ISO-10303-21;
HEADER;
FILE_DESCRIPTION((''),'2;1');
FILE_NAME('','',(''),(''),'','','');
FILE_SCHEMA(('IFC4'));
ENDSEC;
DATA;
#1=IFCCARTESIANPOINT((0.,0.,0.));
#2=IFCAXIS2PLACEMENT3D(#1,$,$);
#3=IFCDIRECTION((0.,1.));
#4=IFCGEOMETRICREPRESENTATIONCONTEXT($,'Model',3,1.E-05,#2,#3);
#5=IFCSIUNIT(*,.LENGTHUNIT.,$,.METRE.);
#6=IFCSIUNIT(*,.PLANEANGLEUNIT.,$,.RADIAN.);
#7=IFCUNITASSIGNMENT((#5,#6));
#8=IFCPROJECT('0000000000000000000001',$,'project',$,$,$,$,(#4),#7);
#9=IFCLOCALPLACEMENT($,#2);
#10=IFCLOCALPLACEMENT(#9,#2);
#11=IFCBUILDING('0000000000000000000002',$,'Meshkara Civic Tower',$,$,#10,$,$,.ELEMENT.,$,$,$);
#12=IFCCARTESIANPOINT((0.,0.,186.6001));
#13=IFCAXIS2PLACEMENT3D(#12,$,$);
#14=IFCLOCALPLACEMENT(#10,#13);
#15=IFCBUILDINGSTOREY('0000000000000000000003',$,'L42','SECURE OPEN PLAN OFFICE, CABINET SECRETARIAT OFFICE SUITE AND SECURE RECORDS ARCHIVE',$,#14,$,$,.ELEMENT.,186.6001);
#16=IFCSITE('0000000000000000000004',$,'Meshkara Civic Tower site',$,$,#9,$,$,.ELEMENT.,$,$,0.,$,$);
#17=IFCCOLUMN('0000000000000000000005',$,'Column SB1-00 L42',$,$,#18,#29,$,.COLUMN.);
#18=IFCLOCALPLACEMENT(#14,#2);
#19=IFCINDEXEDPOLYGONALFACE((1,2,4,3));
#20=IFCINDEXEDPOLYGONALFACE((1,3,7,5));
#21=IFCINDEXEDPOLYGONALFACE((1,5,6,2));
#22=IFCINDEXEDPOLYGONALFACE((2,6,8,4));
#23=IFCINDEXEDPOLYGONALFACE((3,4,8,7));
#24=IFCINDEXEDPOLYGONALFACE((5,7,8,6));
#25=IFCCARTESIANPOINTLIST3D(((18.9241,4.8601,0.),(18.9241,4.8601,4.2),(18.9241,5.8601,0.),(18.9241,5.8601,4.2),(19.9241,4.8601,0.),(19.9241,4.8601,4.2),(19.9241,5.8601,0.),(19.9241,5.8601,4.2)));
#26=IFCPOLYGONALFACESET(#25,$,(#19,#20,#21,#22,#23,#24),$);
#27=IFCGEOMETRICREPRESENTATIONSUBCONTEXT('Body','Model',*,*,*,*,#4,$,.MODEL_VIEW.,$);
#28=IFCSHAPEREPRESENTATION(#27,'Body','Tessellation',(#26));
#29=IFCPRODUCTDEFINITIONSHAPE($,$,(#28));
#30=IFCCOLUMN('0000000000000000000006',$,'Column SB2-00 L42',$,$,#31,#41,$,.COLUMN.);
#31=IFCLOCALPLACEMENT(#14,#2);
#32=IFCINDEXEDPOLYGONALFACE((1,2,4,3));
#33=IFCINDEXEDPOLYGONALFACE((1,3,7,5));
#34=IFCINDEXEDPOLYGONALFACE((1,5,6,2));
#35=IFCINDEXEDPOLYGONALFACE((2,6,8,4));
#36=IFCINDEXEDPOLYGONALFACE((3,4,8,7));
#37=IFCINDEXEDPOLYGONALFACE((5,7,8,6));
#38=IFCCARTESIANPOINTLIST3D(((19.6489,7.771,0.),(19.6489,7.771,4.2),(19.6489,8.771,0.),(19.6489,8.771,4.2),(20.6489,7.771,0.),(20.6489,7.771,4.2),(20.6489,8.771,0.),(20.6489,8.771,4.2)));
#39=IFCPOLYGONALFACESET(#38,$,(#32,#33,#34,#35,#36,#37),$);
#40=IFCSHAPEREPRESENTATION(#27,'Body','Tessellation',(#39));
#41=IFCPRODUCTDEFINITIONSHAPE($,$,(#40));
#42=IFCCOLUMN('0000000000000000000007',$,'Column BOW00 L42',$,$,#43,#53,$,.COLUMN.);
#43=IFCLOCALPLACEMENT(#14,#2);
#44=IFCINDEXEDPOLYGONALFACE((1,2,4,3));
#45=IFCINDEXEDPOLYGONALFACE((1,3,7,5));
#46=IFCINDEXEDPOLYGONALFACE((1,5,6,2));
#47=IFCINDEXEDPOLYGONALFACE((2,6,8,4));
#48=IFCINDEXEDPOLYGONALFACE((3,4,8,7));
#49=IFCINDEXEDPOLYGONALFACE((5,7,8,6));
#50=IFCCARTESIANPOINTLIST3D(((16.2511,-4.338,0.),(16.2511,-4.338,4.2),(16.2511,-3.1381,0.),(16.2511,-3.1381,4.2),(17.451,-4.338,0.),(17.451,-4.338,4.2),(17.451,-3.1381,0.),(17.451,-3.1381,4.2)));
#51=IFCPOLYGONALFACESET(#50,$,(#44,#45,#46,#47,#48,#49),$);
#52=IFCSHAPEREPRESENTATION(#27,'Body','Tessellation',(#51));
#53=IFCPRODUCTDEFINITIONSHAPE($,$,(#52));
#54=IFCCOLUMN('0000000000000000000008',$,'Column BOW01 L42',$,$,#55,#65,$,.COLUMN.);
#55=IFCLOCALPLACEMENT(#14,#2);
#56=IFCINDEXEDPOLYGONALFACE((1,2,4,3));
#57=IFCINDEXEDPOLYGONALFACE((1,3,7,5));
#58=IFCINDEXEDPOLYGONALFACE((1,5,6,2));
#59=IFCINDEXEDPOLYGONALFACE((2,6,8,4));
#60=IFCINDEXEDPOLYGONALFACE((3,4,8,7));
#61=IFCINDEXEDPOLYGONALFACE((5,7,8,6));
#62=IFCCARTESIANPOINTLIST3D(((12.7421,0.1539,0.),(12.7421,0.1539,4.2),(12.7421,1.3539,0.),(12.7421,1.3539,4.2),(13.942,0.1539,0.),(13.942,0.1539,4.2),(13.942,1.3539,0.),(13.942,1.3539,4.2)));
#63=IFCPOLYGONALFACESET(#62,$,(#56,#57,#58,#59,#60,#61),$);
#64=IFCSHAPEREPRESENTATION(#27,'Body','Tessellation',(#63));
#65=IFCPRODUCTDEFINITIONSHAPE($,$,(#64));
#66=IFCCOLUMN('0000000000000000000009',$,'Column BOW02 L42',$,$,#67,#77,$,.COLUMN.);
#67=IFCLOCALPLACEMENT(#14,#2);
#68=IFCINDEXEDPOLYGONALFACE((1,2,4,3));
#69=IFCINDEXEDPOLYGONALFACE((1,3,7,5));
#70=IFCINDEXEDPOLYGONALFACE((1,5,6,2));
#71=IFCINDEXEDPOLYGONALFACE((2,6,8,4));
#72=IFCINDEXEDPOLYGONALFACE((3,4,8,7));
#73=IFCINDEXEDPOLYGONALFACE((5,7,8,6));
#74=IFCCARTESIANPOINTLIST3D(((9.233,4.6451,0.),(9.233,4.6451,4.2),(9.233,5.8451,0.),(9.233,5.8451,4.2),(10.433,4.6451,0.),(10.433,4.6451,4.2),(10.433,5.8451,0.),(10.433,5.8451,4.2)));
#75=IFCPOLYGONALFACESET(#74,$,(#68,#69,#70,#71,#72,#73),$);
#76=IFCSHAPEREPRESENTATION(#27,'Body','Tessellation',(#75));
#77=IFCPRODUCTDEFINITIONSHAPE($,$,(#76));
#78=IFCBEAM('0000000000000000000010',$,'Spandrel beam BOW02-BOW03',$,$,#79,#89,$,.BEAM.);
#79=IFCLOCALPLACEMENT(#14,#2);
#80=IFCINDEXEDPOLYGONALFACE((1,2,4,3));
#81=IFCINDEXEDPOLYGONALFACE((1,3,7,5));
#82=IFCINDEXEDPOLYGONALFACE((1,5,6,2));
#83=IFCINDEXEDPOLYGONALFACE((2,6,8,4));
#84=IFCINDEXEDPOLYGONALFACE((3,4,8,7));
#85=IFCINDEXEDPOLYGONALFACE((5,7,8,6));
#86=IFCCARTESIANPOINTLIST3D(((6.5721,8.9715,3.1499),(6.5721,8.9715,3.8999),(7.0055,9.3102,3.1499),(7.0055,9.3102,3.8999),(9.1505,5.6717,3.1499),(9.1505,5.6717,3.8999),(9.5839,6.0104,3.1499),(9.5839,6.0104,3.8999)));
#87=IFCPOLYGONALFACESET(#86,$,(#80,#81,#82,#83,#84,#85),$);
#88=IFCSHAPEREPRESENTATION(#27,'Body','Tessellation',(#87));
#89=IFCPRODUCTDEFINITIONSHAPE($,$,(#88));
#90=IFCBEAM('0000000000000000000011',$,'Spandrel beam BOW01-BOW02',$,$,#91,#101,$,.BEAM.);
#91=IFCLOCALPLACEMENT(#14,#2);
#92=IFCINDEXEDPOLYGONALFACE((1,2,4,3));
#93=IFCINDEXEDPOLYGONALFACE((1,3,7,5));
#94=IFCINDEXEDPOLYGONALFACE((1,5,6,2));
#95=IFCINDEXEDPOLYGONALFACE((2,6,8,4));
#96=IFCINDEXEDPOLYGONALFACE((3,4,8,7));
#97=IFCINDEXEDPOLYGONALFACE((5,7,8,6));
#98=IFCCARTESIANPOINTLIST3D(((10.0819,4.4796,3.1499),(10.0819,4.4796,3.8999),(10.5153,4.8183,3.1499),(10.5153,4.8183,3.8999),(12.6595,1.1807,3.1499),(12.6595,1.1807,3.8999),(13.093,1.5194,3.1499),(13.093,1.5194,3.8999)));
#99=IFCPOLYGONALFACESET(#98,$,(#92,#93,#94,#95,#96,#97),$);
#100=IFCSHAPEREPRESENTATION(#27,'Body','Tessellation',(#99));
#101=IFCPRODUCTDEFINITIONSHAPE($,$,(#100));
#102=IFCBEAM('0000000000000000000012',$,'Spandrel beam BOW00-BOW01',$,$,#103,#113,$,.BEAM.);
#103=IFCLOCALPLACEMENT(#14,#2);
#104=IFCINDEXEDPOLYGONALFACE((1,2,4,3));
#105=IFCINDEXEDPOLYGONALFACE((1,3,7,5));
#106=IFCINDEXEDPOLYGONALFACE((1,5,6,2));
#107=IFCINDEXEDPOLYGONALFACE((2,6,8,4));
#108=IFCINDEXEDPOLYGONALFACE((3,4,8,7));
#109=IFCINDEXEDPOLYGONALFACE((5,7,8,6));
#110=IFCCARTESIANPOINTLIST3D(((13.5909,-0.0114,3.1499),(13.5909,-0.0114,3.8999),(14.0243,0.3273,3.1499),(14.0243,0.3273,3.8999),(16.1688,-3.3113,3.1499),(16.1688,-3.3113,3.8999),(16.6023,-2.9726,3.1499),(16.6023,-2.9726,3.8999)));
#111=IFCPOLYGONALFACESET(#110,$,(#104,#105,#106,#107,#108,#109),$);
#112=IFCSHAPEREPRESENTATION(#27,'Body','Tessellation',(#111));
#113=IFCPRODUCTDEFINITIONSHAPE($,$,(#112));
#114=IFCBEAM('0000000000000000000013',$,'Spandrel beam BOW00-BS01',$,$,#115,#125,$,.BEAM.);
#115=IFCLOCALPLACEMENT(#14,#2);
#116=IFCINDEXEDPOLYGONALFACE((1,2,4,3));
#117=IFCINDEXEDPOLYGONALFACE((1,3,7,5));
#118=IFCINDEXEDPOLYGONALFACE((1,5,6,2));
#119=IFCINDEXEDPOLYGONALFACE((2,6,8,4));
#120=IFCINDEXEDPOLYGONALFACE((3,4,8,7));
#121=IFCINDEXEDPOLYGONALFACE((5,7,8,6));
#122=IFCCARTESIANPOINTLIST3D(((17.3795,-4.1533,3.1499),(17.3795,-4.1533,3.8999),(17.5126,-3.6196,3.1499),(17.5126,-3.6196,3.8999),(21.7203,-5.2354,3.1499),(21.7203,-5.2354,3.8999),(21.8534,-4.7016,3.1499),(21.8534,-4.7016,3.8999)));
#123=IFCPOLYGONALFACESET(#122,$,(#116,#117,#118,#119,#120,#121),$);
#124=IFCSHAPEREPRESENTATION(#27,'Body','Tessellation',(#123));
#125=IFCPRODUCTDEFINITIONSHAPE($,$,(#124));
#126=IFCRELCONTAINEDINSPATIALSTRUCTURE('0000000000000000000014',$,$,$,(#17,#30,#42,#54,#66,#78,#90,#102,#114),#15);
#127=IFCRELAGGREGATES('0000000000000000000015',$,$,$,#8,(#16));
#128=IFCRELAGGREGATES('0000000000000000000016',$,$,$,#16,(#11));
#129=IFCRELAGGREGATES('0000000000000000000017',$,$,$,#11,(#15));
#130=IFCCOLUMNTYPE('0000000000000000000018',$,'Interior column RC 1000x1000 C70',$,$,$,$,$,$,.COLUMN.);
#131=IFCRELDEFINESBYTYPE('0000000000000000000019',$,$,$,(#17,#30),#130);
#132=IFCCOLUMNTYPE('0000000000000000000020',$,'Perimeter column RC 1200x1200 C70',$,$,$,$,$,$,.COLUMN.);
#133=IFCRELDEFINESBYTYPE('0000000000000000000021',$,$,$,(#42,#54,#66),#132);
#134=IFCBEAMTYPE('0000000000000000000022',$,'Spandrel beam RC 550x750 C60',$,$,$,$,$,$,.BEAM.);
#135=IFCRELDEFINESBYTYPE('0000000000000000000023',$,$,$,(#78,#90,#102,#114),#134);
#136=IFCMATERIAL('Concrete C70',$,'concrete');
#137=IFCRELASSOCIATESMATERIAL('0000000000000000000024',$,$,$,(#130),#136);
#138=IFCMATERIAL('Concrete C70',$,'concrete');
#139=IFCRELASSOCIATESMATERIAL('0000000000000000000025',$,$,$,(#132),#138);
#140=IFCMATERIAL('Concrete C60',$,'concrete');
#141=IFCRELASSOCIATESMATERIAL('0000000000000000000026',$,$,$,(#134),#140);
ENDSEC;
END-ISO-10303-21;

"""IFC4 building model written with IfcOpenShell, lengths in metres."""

from ifc_helpers import new_model, si_unit, direction, frame, origin, origin_2d, place, context, subcontext, project, spatial, rectangle, extrude, material, material_profile, profile_set, type_object, element, save


model = new_model("IFC4")

# Units and contexts
model_context = context("Model", 3, precision=1e-05, world=origin(), true_north=direction((0.0, 1.0)))
body_context = subcontext(model_context, "Body", "Model", "MODEL_VIEW")
ifc_project = project(units=[si_unit("LENGTHUNIT", "METRE"), si_unit("PLANEANGLEUNIT", "RADIAN")], contexts=[model_context])

# Site, building, storey
site_placement = place(None, origin())
site = spatial("IfcSite", under=ifc_project, at=site_placement, Name="Meshkara Civic Tower site", CompositionType="ELEMENT", RefElevation=0.0)
building_placement = place(site_placement, origin())
building = spatial("IfcBuilding", under=site, at=building_placement, Name="Meshkara Civic Tower", CompositionType="ELEMENT")
storey_placement = place(building_placement, frame((0.0, 0.0, 186.6001)))
storey = spatial("IfcBuildingStorey", under=building, at=storey_placement, Name="L42", Description="SECURE OPEN PLAN OFFICE, CABINET SECRETARIAT OFFICE SUITE AND SECURE RECORDS ARCHIVE", CompositionType="ELEMENT", Elevation=186.6001)

# Columns
ifc_material_1 = material(Name="Concrete C70", Category="concrete")
ifc_material_profile_1 = material_profile(ifc_material_1, rectangle(XDim=1.0, YDim=1.0, at=origin_2d()))
ifc_profile_set_1 = profile_set([ifc_material_profile_1], Name="Concrete C70")
column_type_1 = type_object("IfcColumnType", Name="Interior column RC 1000x1000 C70", PredefinedType="COLUMN", material=ifc_profile_set_1)
for number, where, z_axis, x_axis, name in (
    (1, (19.4241, 5.3601, 0.0), (0.0, 0.0, 1.0), (1.0, 0.0, 0.0), "Column SB1-00 L42"),
    (2, (20.1489, 8.271, 0.0), (0.0, 0.0, 1.0), (1.0, 0.0, 0.0), "Column SB2-00 L42"),
):
    element("IfcColumn", number, at=place(storey_placement, frame(where, z_axis=z_axis, x_axis=x_axis)), inside=storey, type_object=column_type_1, Name=name, PredefinedType="COLUMN", context=body_context, shape_type="SweptSolid", body=[
        extrude(rectangle(XDim=1.0, YDim=1.0, at=origin_2d()), origin(), (0.0, 0.0, 1.0), 4.2),
    ])
ifc_material_2 = material(Name="Concrete C70", Category="concrete")
ifc_material_profile_2 = material_profile(ifc_material_2, rectangle(XDim=1.2, YDim=1.2, at=origin_2d()))
ifc_profile_set_2 = profile_set([ifc_material_profile_2], Name="Concrete C70")
column_type_2 = type_object("IfcColumnType", Name="Perimeter column RC 1200x1200 C70", PredefinedType="COLUMN", material=ifc_profile_set_2)
for number, where, z_axis, x_axis, name in (
    (3, (16.8511, -3.738, 0.0), (0.0, 0.0, 1.0), (1.0, 0.0, 0.0), "Column BOW00 L42"),
    (4, (13.342, 0.7539, 0.0), (0.0, 0.0, 1.0), (1.0, 0.0, 0.0), "Column BOW01 L42"),
    (5, (9.833, 5.2451, 0.0), (0.0, 0.0, 1.0), (1.0, 0.0, 0.0), "Column BOW02 L42"),
):
    element("IfcColumn", number, at=place(storey_placement, frame(where, z_axis=z_axis, x_axis=x_axis)), inside=storey, type_object=column_type_2, Name=name, PredefinedType="COLUMN", context=body_context, shape_type="SweptSolid", body=[
        extrude(rectangle(XDim=1.2, YDim=1.2, at=origin_2d()), origin(), (0.0, 0.0, 1.0), 4.2),
    ])

# Beams
ifc_material_3 = material(Name="Concrete C60", Category="concrete")
ifc_material_profile_3 = material_profile(ifc_material_3, rectangle(XDim=0.55, YDim=0.75, at=origin_2d()))
ifc_profile_set_3 = profile_set([ifc_material_profile_3], Name="Concrete C60")
beam_type = type_object("IfcBeamType", Name="Spandrel beam RC 550x750 C60", PredefinedType="BEAM", material=ifc_profile_set_3)
beam_1_placement = place(storey_placement, frame((6.7888, 9.1409, 3.5249), z_axis=(0.615703, -0.787978, 0.0), x_axis=(0.787978, 0.615703, 0.0)))
element("IfcBeam", 6, at=beam_1_placement, inside=storey, type_object=beam_type, Name="Spandrel beam BOW02-BOW03", PredefinedType="BEAM", context=body_context, shape_type="SweptSolid", body=[
    extrude(rectangle(XDim=0.55, YDim=0.75, at=origin_2d()), origin(), (0.0, 0.0, 1.0), 4.1877),
])
beam_2_placement = place(storey_placement, frame((10.2986, 4.6489, 3.5249), z_axis=(0.615707, -0.787975, 0.0), x_axis=(0.787975, 0.615707, 0.0)))
element("IfcBeam", 7, at=beam_2_placement, inside=storey, type_object=beam_type, Name="Spandrel beam BOW01-BOW02", PredefinedType="BEAM", context=body_context, shape_type="SweptSolid", body=[
    extrude(rectangle(XDim=0.55, YDim=0.75, at=origin_2d()), origin(), (0.0, 0.0, 1.0), 4.1865),
])
beam_3_placement = place(storey_placement, frame((13.8076, 0.158, 3.5249), z_axis=(0.61563, -0.788035, 0.0), x_axis=(0.788035, 0.61563, 0.0)))
element("IfcBeam", 8, at=beam_3_placement, inside=storey, type_object=beam_type, Name="Spandrel beam BOW00-BOW01", PredefinedType="BEAM", context=body_context, shape_type="SweptSolid", body=[
    extrude(rectangle(XDim=0.55, YDim=0.75, at=origin_2d()), origin(), (0.0, 0.0, 1.0), 4.1875),
])
beam_4_placement = place(storey_placement, frame((17.446, -3.8865, 3.5249), z_axis=(0.970309, -0.241868, 0.0), x_axis=(0.241868, 0.970309, 0.0)))
element("IfcBeam", 9, at=beam_4_placement, inside=storey, type_object=beam_type, Name="Spandrel beam BOW00-BS01", PredefinedType="BEAM", context=body_context, shape_type="SweptSolid", body=[
    extrude(rectangle(XDim=0.55, YDim=0.75, at=origin_2d()), origin(), (0.0, 0.0, 1.0), 4.4736),
])

save(model, "model.ifc")
